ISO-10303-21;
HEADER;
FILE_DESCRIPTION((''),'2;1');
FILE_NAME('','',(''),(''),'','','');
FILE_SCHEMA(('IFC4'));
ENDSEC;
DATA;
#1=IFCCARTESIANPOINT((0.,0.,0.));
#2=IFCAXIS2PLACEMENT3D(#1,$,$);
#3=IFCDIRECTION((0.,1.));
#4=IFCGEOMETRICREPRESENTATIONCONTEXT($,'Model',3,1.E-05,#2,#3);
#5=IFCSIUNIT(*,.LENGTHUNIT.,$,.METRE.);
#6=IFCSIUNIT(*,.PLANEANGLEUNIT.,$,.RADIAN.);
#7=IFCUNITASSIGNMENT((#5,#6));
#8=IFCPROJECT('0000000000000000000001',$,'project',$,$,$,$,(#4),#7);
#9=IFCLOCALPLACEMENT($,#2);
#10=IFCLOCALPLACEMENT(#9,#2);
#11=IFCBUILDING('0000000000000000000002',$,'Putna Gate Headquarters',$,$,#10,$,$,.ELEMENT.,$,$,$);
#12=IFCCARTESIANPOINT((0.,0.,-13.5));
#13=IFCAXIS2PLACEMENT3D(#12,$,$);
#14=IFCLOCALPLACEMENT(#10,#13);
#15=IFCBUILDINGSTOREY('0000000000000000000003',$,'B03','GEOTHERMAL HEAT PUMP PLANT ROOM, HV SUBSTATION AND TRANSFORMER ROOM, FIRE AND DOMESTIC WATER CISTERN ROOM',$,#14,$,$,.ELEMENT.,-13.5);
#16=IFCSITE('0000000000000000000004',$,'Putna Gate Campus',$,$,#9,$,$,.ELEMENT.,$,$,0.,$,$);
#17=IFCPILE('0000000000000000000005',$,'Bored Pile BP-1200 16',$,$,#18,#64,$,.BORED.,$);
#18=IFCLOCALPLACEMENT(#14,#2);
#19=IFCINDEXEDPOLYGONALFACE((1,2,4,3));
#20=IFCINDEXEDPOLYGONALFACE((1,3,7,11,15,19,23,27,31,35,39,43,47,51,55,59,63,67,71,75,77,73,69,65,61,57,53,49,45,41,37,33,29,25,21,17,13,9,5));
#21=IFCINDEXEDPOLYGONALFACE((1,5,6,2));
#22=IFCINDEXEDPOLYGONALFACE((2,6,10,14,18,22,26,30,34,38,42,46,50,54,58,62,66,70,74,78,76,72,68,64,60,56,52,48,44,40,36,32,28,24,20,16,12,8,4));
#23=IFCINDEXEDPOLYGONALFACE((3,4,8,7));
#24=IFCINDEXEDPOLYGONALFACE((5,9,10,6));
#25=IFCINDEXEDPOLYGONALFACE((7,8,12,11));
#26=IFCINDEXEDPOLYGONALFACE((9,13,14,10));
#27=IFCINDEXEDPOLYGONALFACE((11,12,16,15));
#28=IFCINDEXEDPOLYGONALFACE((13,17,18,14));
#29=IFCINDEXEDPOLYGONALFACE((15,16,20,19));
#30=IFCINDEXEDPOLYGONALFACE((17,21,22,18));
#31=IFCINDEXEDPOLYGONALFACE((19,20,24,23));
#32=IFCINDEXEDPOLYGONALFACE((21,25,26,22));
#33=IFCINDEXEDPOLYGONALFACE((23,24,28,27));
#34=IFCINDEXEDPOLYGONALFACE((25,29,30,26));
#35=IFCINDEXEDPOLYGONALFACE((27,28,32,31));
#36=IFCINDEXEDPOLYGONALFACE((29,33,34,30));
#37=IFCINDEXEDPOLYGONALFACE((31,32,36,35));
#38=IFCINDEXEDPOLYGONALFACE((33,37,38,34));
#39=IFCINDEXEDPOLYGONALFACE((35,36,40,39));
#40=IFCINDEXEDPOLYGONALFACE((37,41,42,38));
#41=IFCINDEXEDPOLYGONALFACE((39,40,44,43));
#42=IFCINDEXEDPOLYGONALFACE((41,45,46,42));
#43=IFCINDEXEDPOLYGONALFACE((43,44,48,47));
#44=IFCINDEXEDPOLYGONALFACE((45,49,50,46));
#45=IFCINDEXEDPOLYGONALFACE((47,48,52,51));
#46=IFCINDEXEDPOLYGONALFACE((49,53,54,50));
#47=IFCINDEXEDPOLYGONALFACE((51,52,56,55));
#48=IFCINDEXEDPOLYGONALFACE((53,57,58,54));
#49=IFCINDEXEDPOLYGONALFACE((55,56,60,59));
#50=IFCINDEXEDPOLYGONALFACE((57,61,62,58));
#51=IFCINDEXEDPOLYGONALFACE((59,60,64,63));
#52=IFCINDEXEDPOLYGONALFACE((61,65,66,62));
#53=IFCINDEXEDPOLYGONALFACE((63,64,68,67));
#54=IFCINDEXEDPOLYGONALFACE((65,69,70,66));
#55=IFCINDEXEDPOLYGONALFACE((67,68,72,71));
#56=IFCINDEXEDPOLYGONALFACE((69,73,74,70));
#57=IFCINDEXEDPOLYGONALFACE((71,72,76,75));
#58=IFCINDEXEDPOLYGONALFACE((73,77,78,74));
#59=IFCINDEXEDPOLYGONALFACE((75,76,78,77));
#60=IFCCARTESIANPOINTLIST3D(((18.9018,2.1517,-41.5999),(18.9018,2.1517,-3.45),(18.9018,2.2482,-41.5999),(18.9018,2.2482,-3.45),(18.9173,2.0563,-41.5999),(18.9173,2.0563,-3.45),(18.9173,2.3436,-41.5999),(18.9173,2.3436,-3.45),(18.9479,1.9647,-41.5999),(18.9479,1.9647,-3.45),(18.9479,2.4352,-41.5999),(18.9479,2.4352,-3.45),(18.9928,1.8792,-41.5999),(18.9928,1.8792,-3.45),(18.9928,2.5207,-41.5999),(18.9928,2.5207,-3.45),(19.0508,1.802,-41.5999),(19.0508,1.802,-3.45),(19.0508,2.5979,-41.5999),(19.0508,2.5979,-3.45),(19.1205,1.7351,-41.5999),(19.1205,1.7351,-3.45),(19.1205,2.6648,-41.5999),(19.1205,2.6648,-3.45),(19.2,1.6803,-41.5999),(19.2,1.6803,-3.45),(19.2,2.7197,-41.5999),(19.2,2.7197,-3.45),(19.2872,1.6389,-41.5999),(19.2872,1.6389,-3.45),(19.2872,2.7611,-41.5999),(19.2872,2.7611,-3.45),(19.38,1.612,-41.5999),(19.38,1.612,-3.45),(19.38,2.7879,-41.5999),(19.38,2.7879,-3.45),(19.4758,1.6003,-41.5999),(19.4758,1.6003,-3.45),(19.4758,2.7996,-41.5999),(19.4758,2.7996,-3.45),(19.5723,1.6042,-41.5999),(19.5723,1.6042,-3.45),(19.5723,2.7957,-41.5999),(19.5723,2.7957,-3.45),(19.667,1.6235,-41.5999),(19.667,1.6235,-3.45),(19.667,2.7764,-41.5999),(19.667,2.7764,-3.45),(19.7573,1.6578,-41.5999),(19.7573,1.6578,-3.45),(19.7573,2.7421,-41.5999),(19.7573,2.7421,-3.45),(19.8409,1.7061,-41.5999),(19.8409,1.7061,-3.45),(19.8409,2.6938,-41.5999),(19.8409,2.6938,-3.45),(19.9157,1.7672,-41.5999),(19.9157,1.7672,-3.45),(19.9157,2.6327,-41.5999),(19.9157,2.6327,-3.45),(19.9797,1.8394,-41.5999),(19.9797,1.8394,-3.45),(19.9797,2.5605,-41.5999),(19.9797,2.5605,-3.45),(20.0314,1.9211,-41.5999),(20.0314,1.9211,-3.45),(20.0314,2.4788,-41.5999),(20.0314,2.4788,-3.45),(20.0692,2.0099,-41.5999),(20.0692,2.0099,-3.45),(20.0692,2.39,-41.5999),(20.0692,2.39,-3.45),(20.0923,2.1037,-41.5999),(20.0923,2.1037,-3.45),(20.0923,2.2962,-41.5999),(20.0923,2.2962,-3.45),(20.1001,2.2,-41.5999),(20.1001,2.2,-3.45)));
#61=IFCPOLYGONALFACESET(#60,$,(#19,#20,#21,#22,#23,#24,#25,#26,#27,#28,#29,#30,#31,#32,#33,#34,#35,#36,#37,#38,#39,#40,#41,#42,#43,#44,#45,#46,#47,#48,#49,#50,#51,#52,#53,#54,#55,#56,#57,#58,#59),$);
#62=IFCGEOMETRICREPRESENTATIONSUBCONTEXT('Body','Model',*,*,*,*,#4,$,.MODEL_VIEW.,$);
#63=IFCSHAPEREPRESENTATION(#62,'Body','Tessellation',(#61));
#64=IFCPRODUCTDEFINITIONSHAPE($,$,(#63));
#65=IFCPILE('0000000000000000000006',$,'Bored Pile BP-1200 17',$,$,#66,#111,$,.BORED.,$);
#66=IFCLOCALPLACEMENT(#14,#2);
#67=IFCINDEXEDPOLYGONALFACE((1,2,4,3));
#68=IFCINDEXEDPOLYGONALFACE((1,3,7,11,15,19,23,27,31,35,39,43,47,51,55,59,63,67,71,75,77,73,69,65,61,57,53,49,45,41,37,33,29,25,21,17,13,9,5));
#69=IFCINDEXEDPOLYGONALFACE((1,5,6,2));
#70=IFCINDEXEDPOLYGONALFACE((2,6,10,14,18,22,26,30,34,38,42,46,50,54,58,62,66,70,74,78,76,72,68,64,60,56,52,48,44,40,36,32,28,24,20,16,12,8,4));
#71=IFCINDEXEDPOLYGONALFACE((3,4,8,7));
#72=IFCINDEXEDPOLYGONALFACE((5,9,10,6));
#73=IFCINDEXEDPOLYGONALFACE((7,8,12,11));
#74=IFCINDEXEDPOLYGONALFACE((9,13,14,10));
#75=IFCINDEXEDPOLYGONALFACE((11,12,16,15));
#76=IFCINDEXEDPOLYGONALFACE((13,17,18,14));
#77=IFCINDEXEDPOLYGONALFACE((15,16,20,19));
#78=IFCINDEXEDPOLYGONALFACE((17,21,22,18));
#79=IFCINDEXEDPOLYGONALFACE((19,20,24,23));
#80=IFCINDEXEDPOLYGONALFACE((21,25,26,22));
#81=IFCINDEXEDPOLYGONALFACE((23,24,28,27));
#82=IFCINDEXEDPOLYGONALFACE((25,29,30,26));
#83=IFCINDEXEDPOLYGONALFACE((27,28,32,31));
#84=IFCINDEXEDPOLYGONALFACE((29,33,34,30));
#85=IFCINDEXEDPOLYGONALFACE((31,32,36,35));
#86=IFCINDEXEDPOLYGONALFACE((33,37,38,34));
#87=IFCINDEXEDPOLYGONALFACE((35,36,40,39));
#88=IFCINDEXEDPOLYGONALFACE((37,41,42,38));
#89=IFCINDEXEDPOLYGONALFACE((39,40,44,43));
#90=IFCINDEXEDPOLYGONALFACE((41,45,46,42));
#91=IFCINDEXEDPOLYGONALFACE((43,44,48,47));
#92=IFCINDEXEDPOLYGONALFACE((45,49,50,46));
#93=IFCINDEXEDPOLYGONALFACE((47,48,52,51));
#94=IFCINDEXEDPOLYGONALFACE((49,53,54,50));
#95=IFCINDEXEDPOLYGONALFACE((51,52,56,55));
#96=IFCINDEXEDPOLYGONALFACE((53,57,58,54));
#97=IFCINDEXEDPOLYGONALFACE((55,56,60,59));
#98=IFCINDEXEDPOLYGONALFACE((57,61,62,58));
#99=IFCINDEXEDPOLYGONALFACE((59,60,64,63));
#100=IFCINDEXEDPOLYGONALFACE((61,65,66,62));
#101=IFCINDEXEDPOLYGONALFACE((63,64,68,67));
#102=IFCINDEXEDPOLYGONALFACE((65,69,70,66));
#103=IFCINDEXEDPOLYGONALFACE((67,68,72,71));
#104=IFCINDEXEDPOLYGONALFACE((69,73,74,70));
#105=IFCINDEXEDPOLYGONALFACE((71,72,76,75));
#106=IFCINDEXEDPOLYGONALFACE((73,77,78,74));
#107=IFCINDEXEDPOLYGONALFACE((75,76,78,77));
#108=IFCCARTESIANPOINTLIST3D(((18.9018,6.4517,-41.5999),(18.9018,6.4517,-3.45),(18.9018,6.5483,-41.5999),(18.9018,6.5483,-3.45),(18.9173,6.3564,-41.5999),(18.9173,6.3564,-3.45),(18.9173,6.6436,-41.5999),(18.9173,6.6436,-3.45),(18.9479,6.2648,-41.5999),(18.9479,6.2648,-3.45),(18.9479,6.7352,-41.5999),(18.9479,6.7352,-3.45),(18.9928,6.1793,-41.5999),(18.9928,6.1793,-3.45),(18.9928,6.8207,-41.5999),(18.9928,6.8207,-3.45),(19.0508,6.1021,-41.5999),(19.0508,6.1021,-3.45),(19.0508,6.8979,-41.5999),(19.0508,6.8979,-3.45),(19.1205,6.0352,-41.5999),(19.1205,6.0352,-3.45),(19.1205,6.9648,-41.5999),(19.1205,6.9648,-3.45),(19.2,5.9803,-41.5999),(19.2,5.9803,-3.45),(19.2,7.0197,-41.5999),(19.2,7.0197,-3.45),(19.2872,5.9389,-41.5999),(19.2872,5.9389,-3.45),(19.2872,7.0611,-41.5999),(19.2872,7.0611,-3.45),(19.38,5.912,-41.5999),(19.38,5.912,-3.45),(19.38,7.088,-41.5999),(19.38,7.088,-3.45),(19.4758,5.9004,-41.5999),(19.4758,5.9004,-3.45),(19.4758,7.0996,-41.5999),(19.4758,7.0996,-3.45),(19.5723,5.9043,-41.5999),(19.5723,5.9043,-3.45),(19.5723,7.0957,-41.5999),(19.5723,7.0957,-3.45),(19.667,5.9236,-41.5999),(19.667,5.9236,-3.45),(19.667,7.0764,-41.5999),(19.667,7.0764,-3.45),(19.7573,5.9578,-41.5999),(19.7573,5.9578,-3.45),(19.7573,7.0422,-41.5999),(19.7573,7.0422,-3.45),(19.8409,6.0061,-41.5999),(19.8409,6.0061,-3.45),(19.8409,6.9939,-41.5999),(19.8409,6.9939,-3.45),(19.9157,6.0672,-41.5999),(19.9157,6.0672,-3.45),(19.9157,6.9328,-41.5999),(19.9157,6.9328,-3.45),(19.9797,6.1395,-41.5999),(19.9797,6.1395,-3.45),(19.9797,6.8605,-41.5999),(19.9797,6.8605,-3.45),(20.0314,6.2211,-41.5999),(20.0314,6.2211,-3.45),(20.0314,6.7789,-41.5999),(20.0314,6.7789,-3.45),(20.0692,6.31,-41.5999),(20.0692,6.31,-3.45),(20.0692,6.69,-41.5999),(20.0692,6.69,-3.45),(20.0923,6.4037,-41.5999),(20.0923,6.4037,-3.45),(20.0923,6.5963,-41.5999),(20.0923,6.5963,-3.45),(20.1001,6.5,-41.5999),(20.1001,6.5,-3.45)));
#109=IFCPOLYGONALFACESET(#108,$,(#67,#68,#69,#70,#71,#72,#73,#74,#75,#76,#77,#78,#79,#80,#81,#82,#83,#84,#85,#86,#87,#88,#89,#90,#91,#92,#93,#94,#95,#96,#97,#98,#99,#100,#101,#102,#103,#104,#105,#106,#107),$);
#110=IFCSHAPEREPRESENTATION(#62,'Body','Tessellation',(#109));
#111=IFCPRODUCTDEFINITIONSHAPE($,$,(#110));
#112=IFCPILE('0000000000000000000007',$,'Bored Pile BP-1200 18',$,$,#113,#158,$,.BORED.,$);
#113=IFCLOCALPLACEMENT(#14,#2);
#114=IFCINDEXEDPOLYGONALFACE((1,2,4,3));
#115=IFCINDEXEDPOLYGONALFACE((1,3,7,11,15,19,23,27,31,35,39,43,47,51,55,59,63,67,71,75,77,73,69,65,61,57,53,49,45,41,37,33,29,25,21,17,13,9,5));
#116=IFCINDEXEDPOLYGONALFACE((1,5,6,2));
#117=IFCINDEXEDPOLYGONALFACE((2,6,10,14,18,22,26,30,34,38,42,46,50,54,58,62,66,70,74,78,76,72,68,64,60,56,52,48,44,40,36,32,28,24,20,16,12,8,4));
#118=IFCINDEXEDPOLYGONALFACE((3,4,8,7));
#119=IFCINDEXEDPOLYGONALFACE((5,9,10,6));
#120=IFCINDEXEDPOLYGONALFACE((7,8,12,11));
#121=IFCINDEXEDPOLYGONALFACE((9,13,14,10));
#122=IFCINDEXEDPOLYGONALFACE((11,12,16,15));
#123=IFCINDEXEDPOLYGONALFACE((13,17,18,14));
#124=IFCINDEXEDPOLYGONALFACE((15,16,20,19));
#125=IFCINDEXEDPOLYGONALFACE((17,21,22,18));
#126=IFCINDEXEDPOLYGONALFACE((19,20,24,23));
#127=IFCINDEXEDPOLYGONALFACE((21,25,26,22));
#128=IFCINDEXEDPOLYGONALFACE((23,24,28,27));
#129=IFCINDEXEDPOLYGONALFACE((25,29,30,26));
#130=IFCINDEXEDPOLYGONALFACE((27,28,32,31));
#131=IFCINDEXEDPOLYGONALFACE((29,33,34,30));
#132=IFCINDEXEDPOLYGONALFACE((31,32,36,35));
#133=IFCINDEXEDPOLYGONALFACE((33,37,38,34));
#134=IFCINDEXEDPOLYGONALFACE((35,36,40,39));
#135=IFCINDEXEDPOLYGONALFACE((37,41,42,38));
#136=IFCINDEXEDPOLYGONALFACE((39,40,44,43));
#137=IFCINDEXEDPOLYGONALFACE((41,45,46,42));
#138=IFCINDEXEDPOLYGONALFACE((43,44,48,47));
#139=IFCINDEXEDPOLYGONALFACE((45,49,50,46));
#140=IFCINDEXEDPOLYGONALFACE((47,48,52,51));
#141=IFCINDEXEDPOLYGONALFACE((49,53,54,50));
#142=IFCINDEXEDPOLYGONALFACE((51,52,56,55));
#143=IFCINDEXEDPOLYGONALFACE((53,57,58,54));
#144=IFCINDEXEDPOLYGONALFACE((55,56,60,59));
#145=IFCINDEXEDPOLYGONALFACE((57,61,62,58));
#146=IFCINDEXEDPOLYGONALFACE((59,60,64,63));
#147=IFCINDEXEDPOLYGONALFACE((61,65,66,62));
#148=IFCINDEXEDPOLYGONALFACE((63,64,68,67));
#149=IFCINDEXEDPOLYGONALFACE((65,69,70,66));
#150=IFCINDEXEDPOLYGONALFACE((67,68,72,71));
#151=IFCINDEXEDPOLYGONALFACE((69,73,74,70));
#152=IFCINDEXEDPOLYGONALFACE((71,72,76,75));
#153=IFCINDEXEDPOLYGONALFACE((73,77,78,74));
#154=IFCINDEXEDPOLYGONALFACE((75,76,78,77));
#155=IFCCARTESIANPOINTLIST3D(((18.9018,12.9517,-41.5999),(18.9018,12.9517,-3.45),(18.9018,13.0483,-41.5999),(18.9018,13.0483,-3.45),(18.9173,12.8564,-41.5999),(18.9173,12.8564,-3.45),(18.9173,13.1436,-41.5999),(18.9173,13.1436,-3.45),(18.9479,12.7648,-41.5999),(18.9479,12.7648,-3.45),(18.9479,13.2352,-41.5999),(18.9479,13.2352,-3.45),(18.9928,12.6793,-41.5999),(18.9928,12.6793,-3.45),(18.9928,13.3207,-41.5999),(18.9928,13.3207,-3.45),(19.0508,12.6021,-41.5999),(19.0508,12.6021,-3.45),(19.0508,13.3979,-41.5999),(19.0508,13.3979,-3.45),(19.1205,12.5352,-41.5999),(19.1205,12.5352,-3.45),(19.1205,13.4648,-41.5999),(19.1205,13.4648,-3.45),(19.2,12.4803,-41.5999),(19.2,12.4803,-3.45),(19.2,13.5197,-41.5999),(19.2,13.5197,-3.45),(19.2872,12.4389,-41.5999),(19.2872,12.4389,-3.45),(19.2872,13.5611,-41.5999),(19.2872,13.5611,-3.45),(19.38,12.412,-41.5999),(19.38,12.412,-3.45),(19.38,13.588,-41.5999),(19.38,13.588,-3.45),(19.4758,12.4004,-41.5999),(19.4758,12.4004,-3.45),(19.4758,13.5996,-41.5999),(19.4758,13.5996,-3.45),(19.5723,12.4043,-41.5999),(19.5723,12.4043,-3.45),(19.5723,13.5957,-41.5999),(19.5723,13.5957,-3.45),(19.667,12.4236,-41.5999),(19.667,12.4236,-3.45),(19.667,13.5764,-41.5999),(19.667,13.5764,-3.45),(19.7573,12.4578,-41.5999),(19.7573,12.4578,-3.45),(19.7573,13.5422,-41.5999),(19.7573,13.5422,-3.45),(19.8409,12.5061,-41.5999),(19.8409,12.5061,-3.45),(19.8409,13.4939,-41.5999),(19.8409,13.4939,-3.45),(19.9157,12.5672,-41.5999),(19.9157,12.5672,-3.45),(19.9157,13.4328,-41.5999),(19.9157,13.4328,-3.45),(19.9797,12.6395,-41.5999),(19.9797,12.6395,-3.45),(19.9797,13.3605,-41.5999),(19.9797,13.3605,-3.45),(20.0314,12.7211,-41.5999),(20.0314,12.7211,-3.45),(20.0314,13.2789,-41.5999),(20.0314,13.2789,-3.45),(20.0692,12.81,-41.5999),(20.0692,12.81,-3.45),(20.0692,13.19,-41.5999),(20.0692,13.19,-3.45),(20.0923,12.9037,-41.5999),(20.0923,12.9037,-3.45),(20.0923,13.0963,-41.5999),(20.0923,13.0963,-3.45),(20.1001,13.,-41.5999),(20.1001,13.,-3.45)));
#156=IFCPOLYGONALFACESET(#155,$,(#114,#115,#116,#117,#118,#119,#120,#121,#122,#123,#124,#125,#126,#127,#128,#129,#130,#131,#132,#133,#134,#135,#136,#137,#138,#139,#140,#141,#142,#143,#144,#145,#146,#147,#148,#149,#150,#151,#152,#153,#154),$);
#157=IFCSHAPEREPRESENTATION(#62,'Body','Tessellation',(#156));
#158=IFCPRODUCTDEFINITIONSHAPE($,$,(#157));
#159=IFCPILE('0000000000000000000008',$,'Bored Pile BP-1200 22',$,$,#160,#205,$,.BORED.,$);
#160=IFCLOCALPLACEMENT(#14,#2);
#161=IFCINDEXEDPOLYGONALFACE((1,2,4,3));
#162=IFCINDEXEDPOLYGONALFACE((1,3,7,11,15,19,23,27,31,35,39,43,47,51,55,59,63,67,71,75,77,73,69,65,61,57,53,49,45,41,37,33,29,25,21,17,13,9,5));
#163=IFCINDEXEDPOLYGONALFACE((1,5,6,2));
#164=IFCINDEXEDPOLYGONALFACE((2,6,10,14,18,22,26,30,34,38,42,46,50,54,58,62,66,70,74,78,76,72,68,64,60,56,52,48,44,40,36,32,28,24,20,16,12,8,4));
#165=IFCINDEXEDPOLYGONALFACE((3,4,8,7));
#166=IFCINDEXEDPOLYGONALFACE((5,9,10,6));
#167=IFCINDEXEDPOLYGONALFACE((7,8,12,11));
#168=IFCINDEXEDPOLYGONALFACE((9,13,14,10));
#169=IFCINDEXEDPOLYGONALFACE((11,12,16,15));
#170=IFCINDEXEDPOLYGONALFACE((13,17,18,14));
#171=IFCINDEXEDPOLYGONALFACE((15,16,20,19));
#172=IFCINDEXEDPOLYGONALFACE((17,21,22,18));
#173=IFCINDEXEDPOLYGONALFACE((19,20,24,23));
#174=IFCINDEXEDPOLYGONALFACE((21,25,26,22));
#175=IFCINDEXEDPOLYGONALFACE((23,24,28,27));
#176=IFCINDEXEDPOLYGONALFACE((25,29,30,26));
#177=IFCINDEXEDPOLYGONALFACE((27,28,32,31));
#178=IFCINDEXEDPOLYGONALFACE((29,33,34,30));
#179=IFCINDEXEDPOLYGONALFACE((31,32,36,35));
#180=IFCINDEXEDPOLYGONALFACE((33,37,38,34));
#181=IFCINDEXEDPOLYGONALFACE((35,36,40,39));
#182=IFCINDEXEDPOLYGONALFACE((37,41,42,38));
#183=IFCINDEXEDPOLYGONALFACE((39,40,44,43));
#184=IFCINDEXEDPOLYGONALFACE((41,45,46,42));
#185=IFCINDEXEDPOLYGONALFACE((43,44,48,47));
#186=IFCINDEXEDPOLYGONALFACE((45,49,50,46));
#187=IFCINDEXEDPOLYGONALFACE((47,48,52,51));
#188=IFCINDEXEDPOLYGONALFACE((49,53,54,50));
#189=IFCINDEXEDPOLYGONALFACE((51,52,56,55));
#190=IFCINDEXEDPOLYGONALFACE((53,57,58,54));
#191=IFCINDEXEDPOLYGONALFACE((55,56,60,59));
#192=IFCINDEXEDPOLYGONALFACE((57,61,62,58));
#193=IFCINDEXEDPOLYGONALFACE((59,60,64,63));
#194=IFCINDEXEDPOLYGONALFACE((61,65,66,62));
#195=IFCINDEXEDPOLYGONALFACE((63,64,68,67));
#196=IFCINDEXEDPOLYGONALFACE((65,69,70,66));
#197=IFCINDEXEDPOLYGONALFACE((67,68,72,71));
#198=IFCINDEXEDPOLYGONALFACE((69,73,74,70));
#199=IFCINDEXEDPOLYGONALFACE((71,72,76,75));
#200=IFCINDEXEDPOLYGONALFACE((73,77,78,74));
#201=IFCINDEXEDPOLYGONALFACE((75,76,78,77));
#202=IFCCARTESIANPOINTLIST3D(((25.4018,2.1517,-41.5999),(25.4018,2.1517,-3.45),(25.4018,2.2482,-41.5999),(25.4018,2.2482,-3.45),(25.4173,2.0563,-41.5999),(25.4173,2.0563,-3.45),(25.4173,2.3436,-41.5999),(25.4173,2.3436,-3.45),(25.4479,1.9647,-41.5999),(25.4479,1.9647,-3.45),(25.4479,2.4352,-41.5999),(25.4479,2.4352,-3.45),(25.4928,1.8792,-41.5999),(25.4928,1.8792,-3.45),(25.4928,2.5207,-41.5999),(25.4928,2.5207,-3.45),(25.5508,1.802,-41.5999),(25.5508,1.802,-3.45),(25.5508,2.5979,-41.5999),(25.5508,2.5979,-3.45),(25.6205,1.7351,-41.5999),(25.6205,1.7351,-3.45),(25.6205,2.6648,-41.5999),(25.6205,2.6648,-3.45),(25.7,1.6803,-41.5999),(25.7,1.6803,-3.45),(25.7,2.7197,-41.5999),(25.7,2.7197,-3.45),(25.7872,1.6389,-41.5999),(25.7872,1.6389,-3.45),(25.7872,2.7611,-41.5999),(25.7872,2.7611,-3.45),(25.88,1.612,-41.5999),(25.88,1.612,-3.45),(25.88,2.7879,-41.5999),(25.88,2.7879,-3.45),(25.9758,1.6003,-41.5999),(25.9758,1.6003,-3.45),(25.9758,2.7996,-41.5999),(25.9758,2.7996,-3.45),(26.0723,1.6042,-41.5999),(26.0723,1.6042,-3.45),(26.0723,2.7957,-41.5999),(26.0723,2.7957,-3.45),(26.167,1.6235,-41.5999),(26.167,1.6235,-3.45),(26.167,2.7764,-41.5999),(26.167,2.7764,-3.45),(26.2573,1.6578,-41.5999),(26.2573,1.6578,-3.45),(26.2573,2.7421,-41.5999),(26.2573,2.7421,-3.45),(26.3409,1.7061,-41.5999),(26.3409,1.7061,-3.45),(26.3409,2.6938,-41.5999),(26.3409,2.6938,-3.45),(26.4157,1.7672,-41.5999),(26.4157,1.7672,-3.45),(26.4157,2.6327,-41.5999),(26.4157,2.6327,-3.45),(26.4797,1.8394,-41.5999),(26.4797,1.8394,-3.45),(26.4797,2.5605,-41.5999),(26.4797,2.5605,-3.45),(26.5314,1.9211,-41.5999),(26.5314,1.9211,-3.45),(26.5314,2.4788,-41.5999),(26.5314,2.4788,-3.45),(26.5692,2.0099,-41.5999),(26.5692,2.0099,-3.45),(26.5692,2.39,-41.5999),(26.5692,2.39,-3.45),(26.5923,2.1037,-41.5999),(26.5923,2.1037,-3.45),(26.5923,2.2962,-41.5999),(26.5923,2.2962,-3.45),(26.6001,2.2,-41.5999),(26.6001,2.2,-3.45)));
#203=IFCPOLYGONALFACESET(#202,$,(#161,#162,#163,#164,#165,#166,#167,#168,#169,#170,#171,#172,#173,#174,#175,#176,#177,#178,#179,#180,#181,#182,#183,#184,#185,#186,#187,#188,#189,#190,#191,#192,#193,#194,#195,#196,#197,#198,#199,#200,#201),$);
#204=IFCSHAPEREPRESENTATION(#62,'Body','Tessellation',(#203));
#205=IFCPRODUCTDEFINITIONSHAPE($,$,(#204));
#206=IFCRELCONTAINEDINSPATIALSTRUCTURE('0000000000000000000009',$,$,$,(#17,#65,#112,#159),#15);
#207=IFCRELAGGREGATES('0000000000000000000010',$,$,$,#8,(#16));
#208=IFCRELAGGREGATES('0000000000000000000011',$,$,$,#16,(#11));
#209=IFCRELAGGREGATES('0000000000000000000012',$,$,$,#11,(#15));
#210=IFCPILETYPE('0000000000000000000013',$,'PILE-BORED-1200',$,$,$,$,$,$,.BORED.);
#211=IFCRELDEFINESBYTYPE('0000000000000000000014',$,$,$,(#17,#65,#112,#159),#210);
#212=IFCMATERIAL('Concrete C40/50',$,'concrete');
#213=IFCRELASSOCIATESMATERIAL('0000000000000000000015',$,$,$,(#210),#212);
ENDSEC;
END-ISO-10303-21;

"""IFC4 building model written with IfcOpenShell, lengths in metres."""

from ifc_helpers import new_model, si_unit, direction, frame, origin, origin_2d, place, context, subcontext, project, spatial, circle, extrude, material, material_profile, profile_set, type_object, element, save


model = new_model("IFC4")

# Units and contexts
model_context = context("Model", 3, precision=1e-05, world=origin(), true_north=direction((0.0, 1.0)))
body_context = subcontext(model_context, "Body", "Model", "MODEL_VIEW")
ifc_project = project(units=[si_unit("LENGTHUNIT", "METRE"), si_unit("PLANEANGLEUNIT", "RADIAN")], contexts=[model_context])

# Site, building, storey
site_placement = place(None, origin())
site = spatial("IfcSite", under=ifc_project, at=site_placement, Name="Putna Gate Campus", CompositionType="ELEMENT", RefElevation=0.0)
building_placement = place(site_placement, origin())
building = spatial("IfcBuilding", under=site, at=building_placement, Name="Putna Gate Headquarters", CompositionType="ELEMENT")
storey_placement = place(building_placement, frame((0.0, 0.0, -13.5)))
storey = spatial("IfcBuildingStorey", under=building, at=storey_placement, Name="B03", Description="GEOTHERMAL HEAT PUMP PLANT ROOM, HV SUBSTATION AND TRANSFORMER ROOM, FIRE AND DOMESTIC WATER CISTERN ROOM", CompositionType="ELEMENT", Elevation=-13.5)

# Piles
ifc_material_1 = material(Name="Concrete C40/50", Category="concrete")
ifc_material_profile_1 = material_profile(ifc_material_1, circle(Radius=0.6001, at=origin_2d()), Name="Concrete C40/50")
ifc_profile_set_1 = profile_set([ifc_material_profile_1], Name="Concrete C40/50")
pile_type_1 = type_object("IfcPileType", Name="PILE-BORED-1200", PredefinedType="BORED", material=ifc_profile_set_1)
for number, where, z_axis, x_axis, name in (
    (1, (19.5, 2.2, -3.45), (0.0, 0.0, -1.0), (1.0, 0.0, 0.0), "Bored Pile BP-1200 16"),
    (2, (19.5, 6.5, -3.45), (0.0, 0.0, -1.0), (1.0, 0.0, 0.0), "Bored Pile BP-1200 17"),
    (3, (19.5, 13.0, -3.45), (0.0, 0.0, -1.0), (1.0, 0.0, 0.0), "Bored Pile BP-1200 18"),
    (4, (26.0, 2.2, -3.45), (0.0, 0.0, -1.0), (1.0, 0.0, 0.0), "Bored Pile BP-1200 22"),
):
    element("IfcPile", number, at=place(storey_placement, frame(where, z_axis=z_axis, x_axis=x_axis)), inside=storey, type_object=pile_type_1, Name=name, PredefinedType="BORED", context=body_context, shape_type="SweptSolid", body=[
        extrude(circle(Radius=0.6001, at=origin_2d()), origin(), (0.0, 0.0, 1.0), 38.1499),
    ])

save(model, "model.ifc")
